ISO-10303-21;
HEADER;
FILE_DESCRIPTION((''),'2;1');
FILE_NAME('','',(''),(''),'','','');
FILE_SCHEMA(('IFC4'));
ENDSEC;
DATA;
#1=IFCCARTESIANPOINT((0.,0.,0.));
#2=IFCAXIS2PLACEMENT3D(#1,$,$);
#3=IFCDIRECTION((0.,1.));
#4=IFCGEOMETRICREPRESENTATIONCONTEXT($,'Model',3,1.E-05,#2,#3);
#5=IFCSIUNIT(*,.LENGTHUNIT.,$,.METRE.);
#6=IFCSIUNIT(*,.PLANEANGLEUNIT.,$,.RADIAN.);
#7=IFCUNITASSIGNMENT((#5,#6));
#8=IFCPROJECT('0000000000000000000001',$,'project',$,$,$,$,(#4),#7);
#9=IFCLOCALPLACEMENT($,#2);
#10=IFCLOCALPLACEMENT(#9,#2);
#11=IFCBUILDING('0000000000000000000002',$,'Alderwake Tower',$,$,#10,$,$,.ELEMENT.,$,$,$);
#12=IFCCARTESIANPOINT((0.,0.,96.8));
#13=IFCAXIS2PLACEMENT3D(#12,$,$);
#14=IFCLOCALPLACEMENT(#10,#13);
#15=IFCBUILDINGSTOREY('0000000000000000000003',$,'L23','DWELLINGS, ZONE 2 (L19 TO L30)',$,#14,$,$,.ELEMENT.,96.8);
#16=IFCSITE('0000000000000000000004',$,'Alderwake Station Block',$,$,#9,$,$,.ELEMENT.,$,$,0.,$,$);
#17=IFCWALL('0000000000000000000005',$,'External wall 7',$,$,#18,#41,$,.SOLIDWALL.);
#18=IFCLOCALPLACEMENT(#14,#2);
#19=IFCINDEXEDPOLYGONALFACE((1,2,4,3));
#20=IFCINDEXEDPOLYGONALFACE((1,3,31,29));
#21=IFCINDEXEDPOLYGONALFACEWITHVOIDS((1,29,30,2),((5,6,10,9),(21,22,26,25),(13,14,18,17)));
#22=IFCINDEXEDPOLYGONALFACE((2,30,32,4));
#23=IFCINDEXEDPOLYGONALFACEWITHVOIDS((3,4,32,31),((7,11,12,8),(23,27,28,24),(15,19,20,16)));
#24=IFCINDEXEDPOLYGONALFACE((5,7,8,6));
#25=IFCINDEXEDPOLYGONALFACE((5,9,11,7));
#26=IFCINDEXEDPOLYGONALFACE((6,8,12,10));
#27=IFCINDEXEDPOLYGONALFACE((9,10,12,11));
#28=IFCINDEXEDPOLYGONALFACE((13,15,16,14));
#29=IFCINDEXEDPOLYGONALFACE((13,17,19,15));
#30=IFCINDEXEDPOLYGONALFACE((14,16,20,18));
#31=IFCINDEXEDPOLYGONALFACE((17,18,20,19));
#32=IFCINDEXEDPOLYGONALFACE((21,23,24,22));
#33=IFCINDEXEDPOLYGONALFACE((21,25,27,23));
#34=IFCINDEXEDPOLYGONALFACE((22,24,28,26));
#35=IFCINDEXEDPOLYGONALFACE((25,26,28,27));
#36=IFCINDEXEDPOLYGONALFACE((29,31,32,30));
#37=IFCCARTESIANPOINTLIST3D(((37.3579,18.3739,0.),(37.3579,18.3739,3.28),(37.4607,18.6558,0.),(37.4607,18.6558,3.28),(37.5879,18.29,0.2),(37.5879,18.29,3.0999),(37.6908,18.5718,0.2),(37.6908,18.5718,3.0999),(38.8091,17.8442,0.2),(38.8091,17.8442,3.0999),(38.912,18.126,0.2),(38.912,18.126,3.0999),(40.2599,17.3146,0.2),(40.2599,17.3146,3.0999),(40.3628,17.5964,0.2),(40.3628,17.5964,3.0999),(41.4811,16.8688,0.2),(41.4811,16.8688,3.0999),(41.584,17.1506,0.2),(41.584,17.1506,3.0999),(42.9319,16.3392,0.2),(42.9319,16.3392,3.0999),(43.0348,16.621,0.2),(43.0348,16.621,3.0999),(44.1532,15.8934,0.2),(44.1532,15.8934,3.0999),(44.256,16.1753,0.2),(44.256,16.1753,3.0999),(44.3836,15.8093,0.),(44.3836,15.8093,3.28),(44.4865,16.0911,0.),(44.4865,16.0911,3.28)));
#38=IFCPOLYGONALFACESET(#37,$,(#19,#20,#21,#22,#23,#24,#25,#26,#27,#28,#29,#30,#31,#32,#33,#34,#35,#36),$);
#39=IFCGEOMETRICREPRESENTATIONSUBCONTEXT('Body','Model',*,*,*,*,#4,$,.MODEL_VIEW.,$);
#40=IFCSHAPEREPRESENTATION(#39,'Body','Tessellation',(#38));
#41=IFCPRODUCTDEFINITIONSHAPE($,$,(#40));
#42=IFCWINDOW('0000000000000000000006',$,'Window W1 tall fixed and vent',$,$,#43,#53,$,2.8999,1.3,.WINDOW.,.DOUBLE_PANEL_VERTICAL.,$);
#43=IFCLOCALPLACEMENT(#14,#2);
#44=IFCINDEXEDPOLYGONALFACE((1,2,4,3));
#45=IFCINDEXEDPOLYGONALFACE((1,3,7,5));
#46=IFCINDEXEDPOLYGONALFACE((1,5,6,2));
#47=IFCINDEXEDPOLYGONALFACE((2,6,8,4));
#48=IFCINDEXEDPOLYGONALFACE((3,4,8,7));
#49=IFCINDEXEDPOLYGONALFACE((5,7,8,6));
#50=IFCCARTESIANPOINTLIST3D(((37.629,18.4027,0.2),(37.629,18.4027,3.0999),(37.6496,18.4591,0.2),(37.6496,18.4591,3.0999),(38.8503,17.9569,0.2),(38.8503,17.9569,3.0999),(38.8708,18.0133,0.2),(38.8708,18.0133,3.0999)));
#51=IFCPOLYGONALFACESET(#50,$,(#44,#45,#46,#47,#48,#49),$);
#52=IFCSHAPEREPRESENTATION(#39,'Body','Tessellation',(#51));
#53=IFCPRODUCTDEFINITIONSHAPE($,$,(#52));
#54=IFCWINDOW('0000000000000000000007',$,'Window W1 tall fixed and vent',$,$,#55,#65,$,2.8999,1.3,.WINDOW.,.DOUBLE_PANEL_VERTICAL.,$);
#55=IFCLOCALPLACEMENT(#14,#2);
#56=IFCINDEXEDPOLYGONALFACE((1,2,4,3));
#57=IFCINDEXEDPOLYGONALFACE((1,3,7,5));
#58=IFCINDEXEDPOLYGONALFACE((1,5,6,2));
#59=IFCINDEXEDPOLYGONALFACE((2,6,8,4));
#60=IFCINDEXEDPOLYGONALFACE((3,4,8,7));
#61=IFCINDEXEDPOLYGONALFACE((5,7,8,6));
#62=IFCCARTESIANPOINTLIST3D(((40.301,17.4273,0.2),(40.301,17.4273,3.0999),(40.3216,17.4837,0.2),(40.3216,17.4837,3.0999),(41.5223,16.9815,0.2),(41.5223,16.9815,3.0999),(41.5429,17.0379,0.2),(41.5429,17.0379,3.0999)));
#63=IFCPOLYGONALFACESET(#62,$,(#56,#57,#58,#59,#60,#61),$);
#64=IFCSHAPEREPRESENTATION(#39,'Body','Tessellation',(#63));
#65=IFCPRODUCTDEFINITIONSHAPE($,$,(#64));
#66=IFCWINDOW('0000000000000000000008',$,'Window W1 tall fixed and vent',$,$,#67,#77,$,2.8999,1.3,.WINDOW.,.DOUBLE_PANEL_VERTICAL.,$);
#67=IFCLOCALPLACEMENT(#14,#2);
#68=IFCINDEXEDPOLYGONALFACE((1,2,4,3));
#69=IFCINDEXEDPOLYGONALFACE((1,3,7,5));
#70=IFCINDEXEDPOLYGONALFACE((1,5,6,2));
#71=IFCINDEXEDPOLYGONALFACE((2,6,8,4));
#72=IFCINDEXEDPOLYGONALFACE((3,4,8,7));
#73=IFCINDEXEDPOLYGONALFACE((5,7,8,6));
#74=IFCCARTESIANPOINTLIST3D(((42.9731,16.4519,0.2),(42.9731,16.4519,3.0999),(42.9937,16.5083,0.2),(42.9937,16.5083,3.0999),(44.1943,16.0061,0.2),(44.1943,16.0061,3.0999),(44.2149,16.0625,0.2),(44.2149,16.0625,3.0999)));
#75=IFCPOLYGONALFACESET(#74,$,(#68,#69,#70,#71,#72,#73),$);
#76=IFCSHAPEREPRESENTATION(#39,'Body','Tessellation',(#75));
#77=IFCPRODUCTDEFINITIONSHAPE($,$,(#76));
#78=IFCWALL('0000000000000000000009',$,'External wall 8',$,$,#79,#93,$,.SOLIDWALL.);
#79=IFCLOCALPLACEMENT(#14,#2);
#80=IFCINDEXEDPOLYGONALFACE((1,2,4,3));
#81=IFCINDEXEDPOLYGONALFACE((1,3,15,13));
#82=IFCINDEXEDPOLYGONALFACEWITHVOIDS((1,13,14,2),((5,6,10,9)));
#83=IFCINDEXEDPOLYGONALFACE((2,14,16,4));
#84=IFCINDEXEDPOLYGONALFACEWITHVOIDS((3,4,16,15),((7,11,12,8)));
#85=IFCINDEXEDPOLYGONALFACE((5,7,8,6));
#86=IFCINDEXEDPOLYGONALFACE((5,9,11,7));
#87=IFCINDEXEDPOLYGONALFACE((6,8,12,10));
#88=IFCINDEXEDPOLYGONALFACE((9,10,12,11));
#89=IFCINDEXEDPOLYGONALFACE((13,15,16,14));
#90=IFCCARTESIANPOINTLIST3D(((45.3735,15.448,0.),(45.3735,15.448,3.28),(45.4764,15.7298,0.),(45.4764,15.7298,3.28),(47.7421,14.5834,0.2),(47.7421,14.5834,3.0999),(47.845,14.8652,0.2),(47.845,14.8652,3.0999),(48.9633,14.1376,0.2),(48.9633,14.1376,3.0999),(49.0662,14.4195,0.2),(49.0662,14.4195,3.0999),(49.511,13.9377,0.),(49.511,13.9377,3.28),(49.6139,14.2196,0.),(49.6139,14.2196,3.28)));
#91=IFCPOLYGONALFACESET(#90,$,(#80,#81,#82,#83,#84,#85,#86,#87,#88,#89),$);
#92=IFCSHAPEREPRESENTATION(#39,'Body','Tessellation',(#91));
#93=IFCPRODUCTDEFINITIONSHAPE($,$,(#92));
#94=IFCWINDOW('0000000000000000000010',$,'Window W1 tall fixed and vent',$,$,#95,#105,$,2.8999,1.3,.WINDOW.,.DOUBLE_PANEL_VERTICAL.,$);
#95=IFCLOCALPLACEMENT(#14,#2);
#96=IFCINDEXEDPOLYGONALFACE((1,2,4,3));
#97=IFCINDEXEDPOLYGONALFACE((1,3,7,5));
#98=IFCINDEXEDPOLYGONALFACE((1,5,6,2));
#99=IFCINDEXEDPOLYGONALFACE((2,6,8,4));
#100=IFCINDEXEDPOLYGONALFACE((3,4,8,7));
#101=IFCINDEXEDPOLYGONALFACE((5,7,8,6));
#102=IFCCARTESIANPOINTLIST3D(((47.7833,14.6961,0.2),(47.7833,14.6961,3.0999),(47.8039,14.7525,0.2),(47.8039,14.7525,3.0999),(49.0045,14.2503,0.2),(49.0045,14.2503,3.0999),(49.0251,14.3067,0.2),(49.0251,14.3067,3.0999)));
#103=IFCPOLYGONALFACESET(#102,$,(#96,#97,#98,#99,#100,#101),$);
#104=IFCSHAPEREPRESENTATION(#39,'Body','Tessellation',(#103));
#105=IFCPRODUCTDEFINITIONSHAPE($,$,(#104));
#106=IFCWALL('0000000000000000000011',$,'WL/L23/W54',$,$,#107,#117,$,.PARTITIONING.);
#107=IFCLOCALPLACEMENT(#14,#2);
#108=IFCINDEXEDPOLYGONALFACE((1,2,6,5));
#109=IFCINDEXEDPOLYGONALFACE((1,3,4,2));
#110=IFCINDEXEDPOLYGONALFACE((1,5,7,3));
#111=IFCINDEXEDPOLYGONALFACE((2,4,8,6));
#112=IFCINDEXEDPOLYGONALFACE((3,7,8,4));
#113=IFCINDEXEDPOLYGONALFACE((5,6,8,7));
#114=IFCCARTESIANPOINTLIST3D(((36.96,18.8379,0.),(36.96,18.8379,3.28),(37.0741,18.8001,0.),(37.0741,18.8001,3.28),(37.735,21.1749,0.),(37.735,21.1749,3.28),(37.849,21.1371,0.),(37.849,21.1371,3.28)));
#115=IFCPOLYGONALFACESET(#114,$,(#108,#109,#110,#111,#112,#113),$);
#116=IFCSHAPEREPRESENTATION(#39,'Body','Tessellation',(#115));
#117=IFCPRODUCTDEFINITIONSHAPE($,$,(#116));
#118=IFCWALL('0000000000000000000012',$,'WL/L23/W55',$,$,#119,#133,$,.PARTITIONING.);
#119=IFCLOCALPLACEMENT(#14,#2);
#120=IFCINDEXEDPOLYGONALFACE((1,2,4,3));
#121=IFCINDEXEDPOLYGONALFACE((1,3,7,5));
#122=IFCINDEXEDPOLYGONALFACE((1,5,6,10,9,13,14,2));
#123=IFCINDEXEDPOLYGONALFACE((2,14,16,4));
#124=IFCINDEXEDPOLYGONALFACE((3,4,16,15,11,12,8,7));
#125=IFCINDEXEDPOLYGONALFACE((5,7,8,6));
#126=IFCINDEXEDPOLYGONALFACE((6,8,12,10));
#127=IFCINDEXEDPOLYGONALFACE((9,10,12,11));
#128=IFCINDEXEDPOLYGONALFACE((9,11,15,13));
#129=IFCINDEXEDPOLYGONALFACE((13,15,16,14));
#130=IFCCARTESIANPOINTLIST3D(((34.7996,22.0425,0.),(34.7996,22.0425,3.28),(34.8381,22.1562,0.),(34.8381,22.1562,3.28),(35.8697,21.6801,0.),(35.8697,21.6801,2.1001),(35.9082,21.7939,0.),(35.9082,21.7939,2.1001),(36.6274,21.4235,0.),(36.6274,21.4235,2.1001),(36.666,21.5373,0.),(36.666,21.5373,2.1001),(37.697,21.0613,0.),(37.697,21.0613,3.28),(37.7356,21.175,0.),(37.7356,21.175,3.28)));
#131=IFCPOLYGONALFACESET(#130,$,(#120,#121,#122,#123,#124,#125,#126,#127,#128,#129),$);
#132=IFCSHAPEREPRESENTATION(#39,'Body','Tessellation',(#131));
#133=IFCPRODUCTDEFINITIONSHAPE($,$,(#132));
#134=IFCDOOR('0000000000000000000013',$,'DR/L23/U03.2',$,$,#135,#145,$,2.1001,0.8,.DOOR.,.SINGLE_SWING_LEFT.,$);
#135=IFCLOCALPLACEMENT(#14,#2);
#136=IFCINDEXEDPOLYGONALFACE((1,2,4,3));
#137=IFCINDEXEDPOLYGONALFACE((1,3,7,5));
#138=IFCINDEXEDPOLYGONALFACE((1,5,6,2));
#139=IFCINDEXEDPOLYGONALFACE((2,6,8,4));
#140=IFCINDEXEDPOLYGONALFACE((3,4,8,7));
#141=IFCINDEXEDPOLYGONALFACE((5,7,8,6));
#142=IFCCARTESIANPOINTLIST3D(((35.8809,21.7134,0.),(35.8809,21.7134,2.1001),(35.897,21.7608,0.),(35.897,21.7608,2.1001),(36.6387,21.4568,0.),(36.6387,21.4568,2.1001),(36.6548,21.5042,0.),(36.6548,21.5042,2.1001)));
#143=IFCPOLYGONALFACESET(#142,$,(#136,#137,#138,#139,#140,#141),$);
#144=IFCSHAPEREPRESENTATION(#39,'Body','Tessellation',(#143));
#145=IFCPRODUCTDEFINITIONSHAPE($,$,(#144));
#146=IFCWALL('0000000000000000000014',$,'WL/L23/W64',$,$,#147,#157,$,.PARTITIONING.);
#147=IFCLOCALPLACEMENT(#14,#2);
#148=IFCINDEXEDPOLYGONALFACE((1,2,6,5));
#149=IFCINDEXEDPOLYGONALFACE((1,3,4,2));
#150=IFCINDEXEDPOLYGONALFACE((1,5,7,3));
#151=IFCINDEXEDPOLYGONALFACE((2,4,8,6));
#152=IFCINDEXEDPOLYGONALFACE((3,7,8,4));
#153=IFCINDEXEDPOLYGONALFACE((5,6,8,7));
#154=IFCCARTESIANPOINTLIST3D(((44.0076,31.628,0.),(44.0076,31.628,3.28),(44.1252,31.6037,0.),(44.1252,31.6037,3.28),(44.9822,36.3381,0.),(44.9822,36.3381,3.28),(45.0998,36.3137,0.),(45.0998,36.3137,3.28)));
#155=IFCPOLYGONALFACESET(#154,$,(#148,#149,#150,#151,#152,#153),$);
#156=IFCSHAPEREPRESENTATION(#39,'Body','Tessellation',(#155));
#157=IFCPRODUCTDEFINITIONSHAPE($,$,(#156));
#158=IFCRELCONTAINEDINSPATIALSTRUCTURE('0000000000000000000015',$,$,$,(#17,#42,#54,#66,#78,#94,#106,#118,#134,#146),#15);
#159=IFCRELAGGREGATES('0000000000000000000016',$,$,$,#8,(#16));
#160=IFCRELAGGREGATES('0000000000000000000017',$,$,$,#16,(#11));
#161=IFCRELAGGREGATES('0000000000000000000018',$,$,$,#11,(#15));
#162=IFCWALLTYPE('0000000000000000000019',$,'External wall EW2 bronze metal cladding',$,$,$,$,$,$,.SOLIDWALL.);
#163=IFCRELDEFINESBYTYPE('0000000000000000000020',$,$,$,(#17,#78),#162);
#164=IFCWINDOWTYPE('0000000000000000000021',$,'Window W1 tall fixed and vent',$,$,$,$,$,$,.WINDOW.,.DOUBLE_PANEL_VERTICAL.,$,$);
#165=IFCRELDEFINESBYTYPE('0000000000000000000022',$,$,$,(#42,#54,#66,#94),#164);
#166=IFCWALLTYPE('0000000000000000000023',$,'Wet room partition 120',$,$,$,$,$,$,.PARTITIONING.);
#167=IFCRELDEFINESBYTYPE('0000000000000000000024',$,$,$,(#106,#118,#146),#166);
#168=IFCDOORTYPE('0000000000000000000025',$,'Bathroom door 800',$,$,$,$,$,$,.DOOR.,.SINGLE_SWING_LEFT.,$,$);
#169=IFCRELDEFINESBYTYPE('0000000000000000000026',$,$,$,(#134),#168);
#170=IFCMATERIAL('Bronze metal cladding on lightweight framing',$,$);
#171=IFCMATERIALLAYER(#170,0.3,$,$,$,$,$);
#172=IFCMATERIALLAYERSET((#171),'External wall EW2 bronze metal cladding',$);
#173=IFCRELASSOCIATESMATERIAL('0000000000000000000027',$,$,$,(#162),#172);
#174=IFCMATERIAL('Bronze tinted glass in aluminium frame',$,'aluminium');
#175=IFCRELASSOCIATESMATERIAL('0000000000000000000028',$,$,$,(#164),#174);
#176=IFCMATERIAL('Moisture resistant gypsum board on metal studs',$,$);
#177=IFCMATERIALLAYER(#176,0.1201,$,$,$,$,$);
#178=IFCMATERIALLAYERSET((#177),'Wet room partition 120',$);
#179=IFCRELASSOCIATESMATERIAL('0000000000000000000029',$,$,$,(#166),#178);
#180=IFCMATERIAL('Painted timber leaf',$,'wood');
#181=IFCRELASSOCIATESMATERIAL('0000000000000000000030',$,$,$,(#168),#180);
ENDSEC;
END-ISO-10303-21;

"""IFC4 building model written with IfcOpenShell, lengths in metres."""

from ifc_helpers import new_model, si_unit, direction, frame, frame_2d, origin, place, context, subcontext, project, spatial, rectangle, extrude, material, layer, layer_set, type_object, element, fill, save


model = new_model("IFC4")

# Units and contexts
model_context = context("Model", 3, precision=1e-05, world=origin(), true_north=direction((0.0, 1.0)))
body_context = subcontext(model_context, "Body", "Model", "MODEL_VIEW")
ifc_project = project(units=[si_unit("LENGTHUNIT", "METRE"), si_unit("PLANEANGLEUNIT", "RADIAN")], contexts=[model_context])

# Site, building, storey
site_placement = place(None, origin())
site = spatial("IfcSite", under=ifc_project, at=site_placement, Name="Alderwake Station Block", CompositionType="ELEMENT", RefElevation=0.0)
building_placement = place(site_placement, origin())
building = spatial("IfcBuilding", under=site, at=building_placement, Name="Alderwake Tower", CompositionType="ELEMENT")
storey_placement = place(building_placement, frame((0.0, 0.0, 96.8)))
storey = spatial("IfcBuildingStorey", under=building, at=storey_placement, Name="L23", Description="DWELLINGS, ZONE 2 (L19 TO L30)", CompositionType="ELEMENT", Elevation=96.8)

# Wall, openings, windows
ifc_material_1 = material(Name="Bronze metal cladding on lightweight framing")
ifc_layer_1 = layer(ifc_material_1, 0.3)
ifc_layer_set_1 = layer_set([ifc_layer_1], Name="External wall EW2 bronze metal cladding")
wall_type_1 = type_object("IfcWallType", Name="External wall EW2 bronze metal cladding", PredefinedType="SOLIDWALL", material=ifc_layer_set_1)
wall_1_placement = place(storey_placement, frame((37.4092, 18.5149, 0.0), z_axis=(0.0, 0.0, 1.0), x_axis=(0.939371, -0.342904, 0.0)))
wall_1 = element("IfcWall", 1, at=wall_1_placement, inside=storey, type_object=wall_type_1, Name="External wall 7", PredefinedType="SOLIDWALL", context=body_context, shape_type="SweptSolid", body=[
    extrude(rectangle(XDim=7.4792, YDim=0.3, at=frame_2d((3.7397, 0.0))), origin(), (0.0, 0.0, 1.0), 3.28),
])
opening_1_placement = place(wall_1_placement, frame((0.2451, 0.0, 0.2)))
opening_1 = element("IfcOpeningElement", 2, at=opening_1_placement, cuts=wall_1, PredefinedType="OPENING", context=body_context, shape_type="SweptSolid", body=[
    extrude(rectangle(XDim=1.3, YDim=2.8999, at=frame_2d((0.6499, 1.45))), frame((0.0, 0.1599, 0.0), z_axis=(0.0, -1.0, 0.0), x_axis=(1.0, 0.0, 0.0)), (0.0, 0.0, 1.0), 0.3201),
])
opening_2_placement = place(wall_1_placement, frame((3.0896, 0.0, 0.2)))
opening_2 = element("IfcOpeningElement", 3, at=opening_2_placement, cuts=wall_1, PredefinedType="OPENING", context=body_context, shape_type="SweptSolid", body=[
    extrude(rectangle(XDim=1.3, YDim=2.8999, at=frame_2d((0.6499, 1.45))), frame((0.0, 0.1599, 0.0), z_axis=(0.0, -1.0, 0.0), x_axis=(1.0, 0.0, 0.0)), (0.0, 0.0, 1.0), 0.3201),
])
opening_3_placement = place(wall_1_placement, frame((5.9341, 0.0, 0.2)))
opening_3 = element("IfcOpeningElement", 4, at=opening_3_placement, cuts=wall_1, PredefinedType="OPENING", context=body_context, shape_type="SweptSolid", body=[
    extrude(rectangle(XDim=1.3, YDim=2.8999, at=frame_2d((0.6499, 1.45))), frame((0.0, 0.1599, 0.0), z_axis=(0.0, -1.0, 0.0), x_axis=(1.0, 0.0, 0.0)), (0.0, 0.0, 1.0), 0.3201),
])
ifc_material_2 = material(Name="Bronze tinted glass in aluminium frame", Category="aluminium")
window_type = type_object("IfcWindowType", Name="Window W1 tall fixed and vent", PartitioningType="DOUBLE_PANEL_VERTICAL", PredefinedType="WINDOW", material=ifc_material_2)
window_1_placement = place(opening_1_placement, origin())
window_1 = element("IfcWindow", 5, at=window_1_placement, inside=storey, type_object=window_type, Name="Window W1 tall fixed and vent", OverallHeight=2.8999, OverallWidth=1.3, PartitioningType="DOUBLE_PANEL_VERTICAL", PredefinedType="WINDOW", context=body_context, shape_type="SweptSolid", body=[
    extrude(rectangle(XDim=1.3, YDim=2.8999, at=frame_2d((0.6499, 1.45))), frame((0.0, 0.03, 0.0), z_axis=(0.0, -1.0, 0.0), x_axis=(1.0, 0.0, 0.0)), (0.0, 0.0, 1.0), 0.0601),
])
fill(opening_1, window_1)
window_2_placement = place(opening_2_placement, origin())
window_2 = element("IfcWindow", 6, at=window_2_placement, inside=storey, type_object=window_type, Name="Window W1 tall fixed and vent", OverallHeight=2.8999, OverallWidth=1.3, PartitioningType="DOUBLE_PANEL_VERTICAL", PredefinedType="WINDOW", context=body_context, shape_type="SweptSolid", body=[
    extrude(rectangle(XDim=1.3, YDim=2.8999, at=frame_2d((0.6499, 1.45))), frame((0.0, 0.03, 0.0), z_axis=(0.0, -1.0, 0.0), x_axis=(1.0, 0.0, 0.0)), (0.0, 0.0, 1.0), 0.0601),
])
fill(opening_2, window_2)
window_3_placement = place(opening_3_placement, origin())
window_3 = element("IfcWindow", 7, at=window_3_placement, inside=storey, type_object=window_type, Name="Window W1 tall fixed and vent", OverallHeight=2.8999, OverallWidth=1.3, PartitioningType="DOUBLE_PANEL_VERTICAL", PredefinedType="WINDOW", context=body_context, shape_type="SweptSolid", body=[
    extrude(rectangle(XDim=1.3, YDim=2.8999, at=frame_2d((0.6499, 1.45))), frame((0.0, 0.03, 0.0), z_axis=(0.0, -1.0, 0.0), x_axis=(1.0, 0.0, 0.0)), (0.0, 0.0, 1.0), 0.0601),
])
fill(opening_3, window_3)

# Wall, opening, window
wall_2_placement = place(storey_placement, frame((45.425, 15.5889, 0.0), z_axis=(0.0, 0.0, 1.0), x_axis=(0.939375, -0.342891, 0.0)))
wall_2 = element("IfcWall", 8, at=wall_2_placement, inside=storey, type_object=wall_type_1, Name="External wall 8", PredefinedType="SOLIDWALL", context=body_context, shape_type="SweptSolid", body=[
    extrude(rectangle(XDim=4.4045, YDim=0.3, at=frame_2d((2.2021, 0.0))), origin(), (0.0, 0.0, 1.0), 3.28),
])
opening_4_placement = place(wall_2_placement, frame((2.5215, 0.0, 0.2)))
opening_4 = element("IfcOpeningElement", 9, at=opening_4_placement, cuts=wall_2, PredefinedType="OPENING", context=body_context, shape_type="SweptSolid", body=[
    extrude(rectangle(XDim=1.3, YDim=2.8999, at=frame_2d((0.6499, 1.45))), frame((0.0, 0.1599, 0.0), z_axis=(0.0, -1.0, 0.0), x_axis=(1.0, 0.0, 0.0)), (0.0, 0.0, 1.0), 0.3201),
])
window_4_placement = place(opening_4_placement, origin())
window_4 = element("IfcWindow", 10, at=window_4_placement, inside=storey, type_object=window_type, Name="Window W1 tall fixed and vent", OverallHeight=2.8999, OverallWidth=1.3, PartitioningType="DOUBLE_PANEL_VERTICAL", PredefinedType="WINDOW", context=body_context, shape_type="SweptSolid", body=[
    extrude(rectangle(XDim=1.3, YDim=2.8999, at=frame_2d((0.6499, 1.45))), frame((0.0, 0.03, 0.0), z_axis=(0.0, -1.0, 0.0), x_axis=(1.0, 0.0, 0.0)), (0.0, 0.0, 1.0), 0.0601),
])
fill(opening_4, window_4)

# Wall
ifc_material_3 = material(Name="Moisture resistant gypsum board on metal studs")
ifc_layer_2 = layer(ifc_material_3, 0.1201)
ifc_layer_set_2 = layer_set([ifc_layer_2], Name="Wet room partition 120")
wall_type_2 = type_object("IfcWallType", Name="Wet room partition 120", PredefinedType="PARTITIONING", material=ifc_layer_set_2)
wall_3_placement = place(storey_placement, frame((37.0171, 18.8191, 0.0), z_axis=(0.0, 0.0, 1.0), x_axis=(0.31474, 0.949178, 0.0)))
element("IfcWall", 11, at=wall_3_placement, inside=storey, type_object=wall_type_2, Name="WL/L23/W54", PredefinedType="PARTITIONING", context=body_context, shape_type="SweptSolid", body=[
    extrude(rectangle(XDim=2.4622, YDim=0.1201, at=frame_2d((1.231, 0.0))), origin(), (0.0, 0.0, 1.0), 3.28),
])

# Wall, opening, door
wall_4_placement = place(storey_placement, frame((37.7163, 21.1182, 0.0), z_axis=(0.0, 0.0, 1.0), x_axis=(-0.947164, 0.320749, 0.0)))
wall_4 = element("IfcWall", 12, at=wall_4_placement, inside=storey, type_object=wall_type_2, Name="WL/L23/W55", PredefinedType="PARTITIONING", context=body_context, shape_type="SweptSolid", body=[
    extrude(rectangle(XDim=3.0591, YDim=0.1201, at=frame_2d((1.5295, 0.0))), origin(), (0.0, 0.0, 1.0), 3.28),
])
opening_5_placement = place(wall_4_placement, frame((1.1294, 0.0, 0.0)))
opening_5 = element("IfcOpeningElement", 13, at=opening_5_placement, cuts=wall_4, PredefinedType="OPENING", context=body_context, shape_type="SweptSolid", body=[
    extrude(rectangle(XDim=0.8, YDim=2.1001, at=frame_2d((0.3999, 1.05))), frame((0.0, 0.0701, 0.0), z_axis=(0.0, -1.0, 0.0), x_axis=(1.0, 0.0, 0.0)), (0.0, 0.0, 1.0), 0.1401),
])
ifc_material_4 = material(Name="Painted timber leaf", Category="wood")
door_type_1 = type_object("IfcDoorType", Name="Bathroom door 800", OperationType="SINGLE_SWING_LEFT", PredefinedType="DOOR", material=ifc_material_4)
door_1_placement = place(opening_5_placement, origin())
door_1 = element("IfcDoor", 14, at=door_1_placement, inside=storey, type_object=door_type_1, Name="DR/L23/U03.2", OperationType="SINGLE_SWING_LEFT", OverallHeight=2.1001, OverallWidth=0.8, PredefinedType="DOOR", context=body_context, shape_type="SweptSolid", body=[
    extrude(rectangle(XDim=0.8, YDim=2.1001, at=frame_2d((0.3999, 1.05))), frame((0.0, 0.0249, 0.0), z_axis=(0.0, -1.0, 0.0), x_axis=(1.0, 0.0, 0.0)), (0.0, 0.0, 1.0), 0.05),
])
fill(opening_5, door_1)

# Wall
wall_5_placement = place(storey_placement, frame((44.0664, 31.616, 0.0), z_axis=(0.0, 0.0, 1.0), x_axis=(0.202632, 0.979255, 0.0)))
element("IfcWall", 15, at=wall_5_placement, inside=storey, type_object=wall_type_2, Name="WL/L23/W64", PredefinedType="PARTITIONING", context=body_context, shape_type="SweptSolid", body=[
    extrude(rectangle(XDim=4.8098, YDim=0.1201, at=frame_2d((2.4048, 0.0))), origin(), (0.0, 0.0, 1.0), 3.28),
])

save(model, "model.ifc")
